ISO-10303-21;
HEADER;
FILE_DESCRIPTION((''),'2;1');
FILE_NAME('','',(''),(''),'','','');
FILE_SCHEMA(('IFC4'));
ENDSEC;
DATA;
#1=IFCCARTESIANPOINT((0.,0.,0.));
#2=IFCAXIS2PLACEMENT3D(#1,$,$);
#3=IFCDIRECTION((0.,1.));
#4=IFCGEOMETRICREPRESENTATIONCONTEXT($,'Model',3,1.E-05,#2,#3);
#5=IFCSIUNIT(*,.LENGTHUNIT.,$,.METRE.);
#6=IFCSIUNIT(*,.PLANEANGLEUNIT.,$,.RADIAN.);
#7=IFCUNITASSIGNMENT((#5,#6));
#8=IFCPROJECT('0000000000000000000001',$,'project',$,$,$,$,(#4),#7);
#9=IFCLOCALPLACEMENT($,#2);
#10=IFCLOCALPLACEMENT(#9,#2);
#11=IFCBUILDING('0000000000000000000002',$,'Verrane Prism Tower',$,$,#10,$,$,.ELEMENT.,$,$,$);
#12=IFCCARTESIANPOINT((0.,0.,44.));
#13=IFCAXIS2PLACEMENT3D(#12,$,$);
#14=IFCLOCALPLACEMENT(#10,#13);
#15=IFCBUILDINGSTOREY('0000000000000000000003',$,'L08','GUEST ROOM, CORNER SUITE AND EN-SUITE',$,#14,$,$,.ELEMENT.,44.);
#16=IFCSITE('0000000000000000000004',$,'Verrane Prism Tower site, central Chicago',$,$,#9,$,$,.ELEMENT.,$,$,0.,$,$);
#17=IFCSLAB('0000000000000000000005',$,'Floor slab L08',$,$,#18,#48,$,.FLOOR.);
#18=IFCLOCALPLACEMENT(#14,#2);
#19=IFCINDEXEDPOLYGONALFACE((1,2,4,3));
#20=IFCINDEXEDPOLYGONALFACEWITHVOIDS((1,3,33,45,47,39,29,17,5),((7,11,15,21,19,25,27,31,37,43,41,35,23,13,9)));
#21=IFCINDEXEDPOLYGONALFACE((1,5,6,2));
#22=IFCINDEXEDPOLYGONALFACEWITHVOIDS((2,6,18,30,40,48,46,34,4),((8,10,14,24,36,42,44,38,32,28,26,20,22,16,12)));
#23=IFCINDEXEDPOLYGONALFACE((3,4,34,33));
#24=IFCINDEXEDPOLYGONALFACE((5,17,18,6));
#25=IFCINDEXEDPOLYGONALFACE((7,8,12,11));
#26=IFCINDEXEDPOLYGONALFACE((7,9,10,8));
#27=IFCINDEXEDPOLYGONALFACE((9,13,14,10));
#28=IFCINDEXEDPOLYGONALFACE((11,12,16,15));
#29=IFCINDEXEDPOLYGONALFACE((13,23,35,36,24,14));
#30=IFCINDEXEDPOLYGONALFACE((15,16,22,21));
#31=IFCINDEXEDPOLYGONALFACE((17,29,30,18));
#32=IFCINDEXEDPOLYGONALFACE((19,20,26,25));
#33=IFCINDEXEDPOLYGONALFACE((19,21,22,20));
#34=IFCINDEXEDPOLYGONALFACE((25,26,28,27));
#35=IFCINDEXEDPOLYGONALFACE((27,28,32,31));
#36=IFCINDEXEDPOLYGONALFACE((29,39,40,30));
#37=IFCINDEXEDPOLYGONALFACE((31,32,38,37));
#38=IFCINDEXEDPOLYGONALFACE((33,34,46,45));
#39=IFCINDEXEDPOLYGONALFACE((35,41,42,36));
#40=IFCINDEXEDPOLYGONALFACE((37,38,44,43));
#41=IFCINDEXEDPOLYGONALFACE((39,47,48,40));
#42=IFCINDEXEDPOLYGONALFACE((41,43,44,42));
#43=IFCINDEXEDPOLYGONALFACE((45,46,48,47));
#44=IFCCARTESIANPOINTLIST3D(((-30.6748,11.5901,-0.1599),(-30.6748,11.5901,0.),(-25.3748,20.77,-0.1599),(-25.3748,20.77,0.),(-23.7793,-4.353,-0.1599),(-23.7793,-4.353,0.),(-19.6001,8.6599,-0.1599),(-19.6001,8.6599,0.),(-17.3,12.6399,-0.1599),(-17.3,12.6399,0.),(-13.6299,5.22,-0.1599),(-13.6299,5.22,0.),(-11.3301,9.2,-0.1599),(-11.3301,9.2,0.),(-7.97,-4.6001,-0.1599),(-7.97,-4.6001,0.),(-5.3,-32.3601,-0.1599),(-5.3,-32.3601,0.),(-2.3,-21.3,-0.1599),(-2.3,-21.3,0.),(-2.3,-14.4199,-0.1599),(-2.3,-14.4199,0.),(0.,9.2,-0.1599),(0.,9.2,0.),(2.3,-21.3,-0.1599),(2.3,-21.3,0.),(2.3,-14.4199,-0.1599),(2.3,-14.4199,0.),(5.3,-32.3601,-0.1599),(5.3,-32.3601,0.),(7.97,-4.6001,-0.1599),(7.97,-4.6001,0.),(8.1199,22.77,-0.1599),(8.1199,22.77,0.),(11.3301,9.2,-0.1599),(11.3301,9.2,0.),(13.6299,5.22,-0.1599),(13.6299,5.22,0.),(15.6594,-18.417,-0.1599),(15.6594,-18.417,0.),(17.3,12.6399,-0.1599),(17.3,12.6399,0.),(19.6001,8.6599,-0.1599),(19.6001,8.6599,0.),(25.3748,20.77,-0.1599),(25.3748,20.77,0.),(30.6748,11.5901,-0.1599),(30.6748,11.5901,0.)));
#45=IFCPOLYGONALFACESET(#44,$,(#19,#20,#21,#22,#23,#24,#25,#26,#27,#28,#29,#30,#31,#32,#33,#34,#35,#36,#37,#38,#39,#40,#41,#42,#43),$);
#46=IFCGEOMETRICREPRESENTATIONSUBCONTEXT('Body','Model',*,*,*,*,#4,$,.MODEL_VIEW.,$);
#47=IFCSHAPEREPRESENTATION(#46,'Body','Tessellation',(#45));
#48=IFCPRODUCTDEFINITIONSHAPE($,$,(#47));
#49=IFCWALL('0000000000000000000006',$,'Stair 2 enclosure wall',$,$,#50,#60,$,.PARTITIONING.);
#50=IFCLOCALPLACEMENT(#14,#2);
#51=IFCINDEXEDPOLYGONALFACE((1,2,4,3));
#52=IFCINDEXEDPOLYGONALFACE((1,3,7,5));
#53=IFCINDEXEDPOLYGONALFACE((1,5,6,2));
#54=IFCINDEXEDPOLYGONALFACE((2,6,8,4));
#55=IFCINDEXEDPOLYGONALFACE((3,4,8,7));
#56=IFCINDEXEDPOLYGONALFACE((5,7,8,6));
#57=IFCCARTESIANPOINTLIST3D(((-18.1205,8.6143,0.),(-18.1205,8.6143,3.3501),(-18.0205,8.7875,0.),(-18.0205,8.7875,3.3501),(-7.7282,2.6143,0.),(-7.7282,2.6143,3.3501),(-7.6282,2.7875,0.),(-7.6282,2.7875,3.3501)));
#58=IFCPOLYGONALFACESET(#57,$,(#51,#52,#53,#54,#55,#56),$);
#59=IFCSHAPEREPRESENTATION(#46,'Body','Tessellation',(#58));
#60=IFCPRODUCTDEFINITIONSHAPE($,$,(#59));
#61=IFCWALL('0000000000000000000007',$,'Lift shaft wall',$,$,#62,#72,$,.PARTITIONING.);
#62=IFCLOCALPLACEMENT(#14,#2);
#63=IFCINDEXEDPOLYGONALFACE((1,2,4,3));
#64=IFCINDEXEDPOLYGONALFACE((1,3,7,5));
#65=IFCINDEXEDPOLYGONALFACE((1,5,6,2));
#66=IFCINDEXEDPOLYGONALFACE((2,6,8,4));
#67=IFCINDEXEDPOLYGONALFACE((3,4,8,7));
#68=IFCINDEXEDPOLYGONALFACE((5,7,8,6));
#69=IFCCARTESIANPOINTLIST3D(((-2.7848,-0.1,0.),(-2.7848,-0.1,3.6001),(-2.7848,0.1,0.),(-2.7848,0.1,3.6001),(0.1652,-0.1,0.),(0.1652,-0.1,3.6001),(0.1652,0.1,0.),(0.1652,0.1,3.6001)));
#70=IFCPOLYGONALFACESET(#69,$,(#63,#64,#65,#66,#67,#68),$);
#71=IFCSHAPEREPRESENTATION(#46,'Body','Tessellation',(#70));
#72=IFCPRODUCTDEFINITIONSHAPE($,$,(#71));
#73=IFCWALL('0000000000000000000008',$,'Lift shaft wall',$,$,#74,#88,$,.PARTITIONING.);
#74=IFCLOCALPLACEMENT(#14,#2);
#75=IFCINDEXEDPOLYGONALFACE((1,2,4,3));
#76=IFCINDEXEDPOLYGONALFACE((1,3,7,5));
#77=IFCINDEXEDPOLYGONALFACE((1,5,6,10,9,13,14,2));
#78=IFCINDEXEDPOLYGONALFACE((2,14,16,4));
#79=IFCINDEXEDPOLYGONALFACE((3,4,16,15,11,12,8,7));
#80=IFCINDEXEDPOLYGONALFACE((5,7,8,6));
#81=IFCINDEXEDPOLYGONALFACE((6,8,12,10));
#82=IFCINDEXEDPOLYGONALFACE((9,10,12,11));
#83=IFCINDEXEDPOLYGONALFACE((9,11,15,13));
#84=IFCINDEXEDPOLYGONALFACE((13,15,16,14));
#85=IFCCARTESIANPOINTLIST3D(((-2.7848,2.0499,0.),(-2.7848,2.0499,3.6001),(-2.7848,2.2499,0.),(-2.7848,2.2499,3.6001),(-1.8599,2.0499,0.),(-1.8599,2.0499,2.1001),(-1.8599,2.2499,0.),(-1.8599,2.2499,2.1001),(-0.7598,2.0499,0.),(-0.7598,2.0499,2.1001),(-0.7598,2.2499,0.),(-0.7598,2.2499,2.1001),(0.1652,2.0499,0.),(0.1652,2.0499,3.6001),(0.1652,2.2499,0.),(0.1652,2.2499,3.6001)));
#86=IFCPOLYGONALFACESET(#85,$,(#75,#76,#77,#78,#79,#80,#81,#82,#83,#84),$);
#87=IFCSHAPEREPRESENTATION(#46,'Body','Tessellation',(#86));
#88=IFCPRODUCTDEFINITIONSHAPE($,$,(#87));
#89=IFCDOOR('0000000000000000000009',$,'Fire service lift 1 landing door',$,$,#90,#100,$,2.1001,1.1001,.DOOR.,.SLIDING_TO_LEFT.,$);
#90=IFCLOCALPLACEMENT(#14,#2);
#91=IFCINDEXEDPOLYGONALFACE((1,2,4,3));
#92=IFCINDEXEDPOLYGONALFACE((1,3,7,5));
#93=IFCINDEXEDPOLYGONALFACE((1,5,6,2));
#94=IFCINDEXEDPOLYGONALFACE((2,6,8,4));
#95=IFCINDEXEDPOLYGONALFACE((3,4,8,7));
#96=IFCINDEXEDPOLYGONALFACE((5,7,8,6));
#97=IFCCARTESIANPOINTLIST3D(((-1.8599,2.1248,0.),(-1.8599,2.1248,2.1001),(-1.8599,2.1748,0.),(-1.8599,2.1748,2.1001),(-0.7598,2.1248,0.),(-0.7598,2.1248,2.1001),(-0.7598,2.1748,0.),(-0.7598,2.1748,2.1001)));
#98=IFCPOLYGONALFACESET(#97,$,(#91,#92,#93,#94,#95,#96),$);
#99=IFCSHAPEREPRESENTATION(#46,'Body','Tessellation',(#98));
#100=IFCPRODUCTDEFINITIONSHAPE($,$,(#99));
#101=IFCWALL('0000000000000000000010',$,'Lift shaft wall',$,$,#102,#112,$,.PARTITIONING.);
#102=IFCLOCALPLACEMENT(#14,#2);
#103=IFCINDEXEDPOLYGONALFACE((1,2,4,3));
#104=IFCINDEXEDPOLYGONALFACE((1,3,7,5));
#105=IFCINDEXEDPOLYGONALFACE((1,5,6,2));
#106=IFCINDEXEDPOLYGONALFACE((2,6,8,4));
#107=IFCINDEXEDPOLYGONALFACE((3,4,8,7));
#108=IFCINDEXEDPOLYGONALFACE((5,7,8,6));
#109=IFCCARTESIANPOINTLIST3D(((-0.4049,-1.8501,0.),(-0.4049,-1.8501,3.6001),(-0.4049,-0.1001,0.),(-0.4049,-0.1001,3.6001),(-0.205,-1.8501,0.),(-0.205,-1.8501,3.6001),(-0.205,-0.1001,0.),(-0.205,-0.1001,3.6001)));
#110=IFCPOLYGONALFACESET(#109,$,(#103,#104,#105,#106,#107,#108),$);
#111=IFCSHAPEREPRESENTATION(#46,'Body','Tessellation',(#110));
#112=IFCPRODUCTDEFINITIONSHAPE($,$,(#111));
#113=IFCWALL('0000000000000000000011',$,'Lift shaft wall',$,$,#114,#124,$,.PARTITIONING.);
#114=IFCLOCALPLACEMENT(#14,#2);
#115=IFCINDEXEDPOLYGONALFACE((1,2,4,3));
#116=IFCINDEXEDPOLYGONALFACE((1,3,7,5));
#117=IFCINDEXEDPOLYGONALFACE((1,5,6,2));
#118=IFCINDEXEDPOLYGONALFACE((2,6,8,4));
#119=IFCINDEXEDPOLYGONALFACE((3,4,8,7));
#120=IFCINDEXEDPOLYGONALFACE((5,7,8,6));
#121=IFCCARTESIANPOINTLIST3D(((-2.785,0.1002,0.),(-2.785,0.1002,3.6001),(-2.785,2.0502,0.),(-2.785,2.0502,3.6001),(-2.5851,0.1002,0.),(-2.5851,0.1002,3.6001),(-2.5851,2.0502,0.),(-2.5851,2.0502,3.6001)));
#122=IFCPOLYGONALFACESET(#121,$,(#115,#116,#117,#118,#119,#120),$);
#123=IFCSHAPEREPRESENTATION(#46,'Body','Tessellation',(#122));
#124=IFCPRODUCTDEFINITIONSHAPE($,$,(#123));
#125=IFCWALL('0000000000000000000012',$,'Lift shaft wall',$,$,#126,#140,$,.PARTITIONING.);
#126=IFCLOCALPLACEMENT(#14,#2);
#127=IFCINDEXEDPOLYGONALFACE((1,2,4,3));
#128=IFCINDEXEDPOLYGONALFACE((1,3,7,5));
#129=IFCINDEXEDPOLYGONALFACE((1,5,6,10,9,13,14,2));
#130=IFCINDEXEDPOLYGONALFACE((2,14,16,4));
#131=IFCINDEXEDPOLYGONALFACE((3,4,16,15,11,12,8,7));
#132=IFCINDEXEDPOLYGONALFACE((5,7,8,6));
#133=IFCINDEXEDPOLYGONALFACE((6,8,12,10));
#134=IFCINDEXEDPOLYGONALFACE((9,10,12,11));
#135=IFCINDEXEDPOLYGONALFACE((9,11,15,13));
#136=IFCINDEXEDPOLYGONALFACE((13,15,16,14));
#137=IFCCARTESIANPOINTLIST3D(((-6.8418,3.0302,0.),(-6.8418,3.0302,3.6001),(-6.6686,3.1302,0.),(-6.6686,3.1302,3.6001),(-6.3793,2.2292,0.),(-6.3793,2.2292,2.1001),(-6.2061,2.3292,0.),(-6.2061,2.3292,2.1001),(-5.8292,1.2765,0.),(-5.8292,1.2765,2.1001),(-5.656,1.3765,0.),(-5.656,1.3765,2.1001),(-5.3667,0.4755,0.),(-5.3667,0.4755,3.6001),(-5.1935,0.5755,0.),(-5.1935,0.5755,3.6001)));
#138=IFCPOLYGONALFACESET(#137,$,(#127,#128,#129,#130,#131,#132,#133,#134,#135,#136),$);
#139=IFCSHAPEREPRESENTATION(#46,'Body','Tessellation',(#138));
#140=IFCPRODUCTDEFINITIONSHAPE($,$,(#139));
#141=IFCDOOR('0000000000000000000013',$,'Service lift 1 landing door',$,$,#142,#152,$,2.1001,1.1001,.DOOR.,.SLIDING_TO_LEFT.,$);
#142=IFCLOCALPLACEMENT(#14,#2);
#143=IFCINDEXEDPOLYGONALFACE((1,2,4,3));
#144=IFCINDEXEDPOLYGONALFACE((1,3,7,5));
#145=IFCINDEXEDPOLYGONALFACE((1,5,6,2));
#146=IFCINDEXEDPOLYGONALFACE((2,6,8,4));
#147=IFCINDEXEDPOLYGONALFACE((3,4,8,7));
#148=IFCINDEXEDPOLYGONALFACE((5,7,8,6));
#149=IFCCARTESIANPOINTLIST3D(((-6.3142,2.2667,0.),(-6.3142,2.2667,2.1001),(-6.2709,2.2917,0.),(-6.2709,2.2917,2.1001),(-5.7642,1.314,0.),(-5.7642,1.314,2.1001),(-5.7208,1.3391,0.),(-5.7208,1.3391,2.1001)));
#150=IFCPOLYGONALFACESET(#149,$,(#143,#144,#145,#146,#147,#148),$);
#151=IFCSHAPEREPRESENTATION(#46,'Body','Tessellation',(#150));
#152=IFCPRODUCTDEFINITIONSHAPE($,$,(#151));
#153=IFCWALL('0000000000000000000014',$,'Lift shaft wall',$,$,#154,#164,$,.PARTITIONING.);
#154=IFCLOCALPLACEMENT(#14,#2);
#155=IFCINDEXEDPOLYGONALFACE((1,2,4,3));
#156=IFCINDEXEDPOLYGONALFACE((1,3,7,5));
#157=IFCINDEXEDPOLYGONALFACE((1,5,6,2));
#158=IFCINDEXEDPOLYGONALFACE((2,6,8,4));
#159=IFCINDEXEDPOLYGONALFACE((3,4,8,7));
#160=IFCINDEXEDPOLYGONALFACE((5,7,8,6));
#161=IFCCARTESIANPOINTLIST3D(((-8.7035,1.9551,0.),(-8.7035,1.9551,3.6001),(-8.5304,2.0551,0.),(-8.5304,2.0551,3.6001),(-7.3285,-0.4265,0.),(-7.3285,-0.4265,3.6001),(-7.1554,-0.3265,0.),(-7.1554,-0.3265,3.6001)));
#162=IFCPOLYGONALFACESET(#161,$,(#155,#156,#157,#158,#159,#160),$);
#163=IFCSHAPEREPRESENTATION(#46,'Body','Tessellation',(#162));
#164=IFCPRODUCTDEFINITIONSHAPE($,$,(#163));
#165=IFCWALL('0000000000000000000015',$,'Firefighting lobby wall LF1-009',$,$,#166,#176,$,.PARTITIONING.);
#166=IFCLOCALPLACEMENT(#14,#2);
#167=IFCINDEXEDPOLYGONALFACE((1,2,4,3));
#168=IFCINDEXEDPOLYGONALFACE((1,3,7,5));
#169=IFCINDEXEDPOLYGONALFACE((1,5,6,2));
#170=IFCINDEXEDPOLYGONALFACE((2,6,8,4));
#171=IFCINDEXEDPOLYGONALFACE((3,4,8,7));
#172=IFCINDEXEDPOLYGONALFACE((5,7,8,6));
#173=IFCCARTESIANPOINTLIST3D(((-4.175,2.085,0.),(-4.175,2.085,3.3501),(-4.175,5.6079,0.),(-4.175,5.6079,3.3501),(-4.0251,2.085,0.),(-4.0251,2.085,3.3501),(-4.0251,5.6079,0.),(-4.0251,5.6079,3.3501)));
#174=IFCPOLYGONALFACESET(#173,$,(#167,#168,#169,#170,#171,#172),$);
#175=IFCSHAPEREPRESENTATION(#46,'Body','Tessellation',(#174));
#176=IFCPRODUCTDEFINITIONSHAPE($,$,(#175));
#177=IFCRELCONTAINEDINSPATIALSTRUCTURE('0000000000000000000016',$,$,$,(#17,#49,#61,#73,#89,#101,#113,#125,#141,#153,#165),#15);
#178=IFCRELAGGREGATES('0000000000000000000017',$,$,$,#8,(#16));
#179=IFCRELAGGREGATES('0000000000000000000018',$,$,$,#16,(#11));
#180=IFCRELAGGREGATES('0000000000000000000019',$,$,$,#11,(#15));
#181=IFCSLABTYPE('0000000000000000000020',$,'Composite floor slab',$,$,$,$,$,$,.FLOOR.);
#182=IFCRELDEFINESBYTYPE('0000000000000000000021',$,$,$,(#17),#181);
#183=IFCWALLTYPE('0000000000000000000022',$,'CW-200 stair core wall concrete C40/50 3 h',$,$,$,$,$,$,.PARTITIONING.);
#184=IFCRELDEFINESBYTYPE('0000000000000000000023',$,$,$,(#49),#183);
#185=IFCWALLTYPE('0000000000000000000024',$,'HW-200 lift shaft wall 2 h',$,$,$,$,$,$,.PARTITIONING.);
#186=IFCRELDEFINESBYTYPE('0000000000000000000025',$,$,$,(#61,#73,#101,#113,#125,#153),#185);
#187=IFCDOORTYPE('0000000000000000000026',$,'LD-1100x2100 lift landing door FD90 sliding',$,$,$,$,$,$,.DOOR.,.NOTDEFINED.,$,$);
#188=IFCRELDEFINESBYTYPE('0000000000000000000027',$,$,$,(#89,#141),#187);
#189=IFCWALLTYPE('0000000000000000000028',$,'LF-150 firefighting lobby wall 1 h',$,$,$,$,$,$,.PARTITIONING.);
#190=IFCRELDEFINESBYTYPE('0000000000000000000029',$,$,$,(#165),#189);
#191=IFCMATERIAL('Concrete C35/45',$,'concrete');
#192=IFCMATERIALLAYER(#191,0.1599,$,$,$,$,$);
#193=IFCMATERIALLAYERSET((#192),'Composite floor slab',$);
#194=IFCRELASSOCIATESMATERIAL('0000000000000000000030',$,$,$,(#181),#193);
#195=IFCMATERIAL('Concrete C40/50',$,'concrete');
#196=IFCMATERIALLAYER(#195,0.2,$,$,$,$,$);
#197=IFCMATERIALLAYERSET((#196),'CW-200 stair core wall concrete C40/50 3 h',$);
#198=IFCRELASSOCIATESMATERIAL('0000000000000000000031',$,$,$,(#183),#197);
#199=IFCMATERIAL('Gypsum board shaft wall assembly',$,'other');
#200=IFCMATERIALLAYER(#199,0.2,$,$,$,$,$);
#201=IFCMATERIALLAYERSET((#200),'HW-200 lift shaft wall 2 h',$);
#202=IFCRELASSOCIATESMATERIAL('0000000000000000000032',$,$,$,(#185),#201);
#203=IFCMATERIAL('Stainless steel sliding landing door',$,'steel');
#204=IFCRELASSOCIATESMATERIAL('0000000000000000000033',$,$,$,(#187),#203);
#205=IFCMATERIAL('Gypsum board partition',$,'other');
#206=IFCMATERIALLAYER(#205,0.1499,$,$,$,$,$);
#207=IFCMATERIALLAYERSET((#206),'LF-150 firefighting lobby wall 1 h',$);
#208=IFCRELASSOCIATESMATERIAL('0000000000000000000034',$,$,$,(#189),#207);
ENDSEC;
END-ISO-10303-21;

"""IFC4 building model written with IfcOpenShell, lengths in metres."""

from ifc_helpers import new_model, si_unit, direction, frame, frame_2d, origin, place, context, subcontext, project, spatial, polyline, rectangle, outline, extrude, material, layer, layer_set, type_object, element, fill, save


model = new_model("IFC4")

# Units and contexts
model_context = context("Model", 3, precision=1e-05, world=origin(), true_north=direction((0.0, 1.0)))
body_context = subcontext(model_context, "Body", "Model", "MODEL_VIEW")
ifc_project = project(units=[si_unit("LENGTHUNIT", "METRE"), si_unit("PLANEANGLEUNIT", "RADIAN")], contexts=[model_context])

# Site, building, storey
site_placement = place(None, origin())
site = spatial("IfcSite", under=ifc_project, at=site_placement, Name="Verrane Prism Tower site, central Chicago", CompositionType="ELEMENT", RefElevation=0.0)
building_placement = place(site_placement, origin())
building = spatial("IfcBuilding", under=site, at=building_placement, Name="Verrane Prism Tower", CompositionType="ELEMENT")
storey_placement = place(building_placement, frame((0.0, 0.0, 44.0)))
storey = spatial("IfcBuildingStorey", under=building, at=storey_placement, Name="L08", Description="GUEST ROOM, CORNER SUITE AND EN-SUITE", CompositionType="ELEMENT", Elevation=44.0)

# Slab
ifc_material_1 = material(Name="Concrete C35/45", Category="concrete")
ifc_layer_1 = layer(ifc_material_1, 0.1599)
ifc_layer_set_1 = layer_set([ifc_layer_1], Name="Composite floor slab")
slab_type = type_object("IfcSlabType", Name="Composite floor slab", PredefinedType="FLOOR", material=ifc_layer_set_1)
slab_placement = place(storey_placement, frame((0.0, 0.0, -0.1599)))
element("IfcSlab", 1, at=slab_placement, inside=storey, type_object=slab_type, Name="Floor slab L08", PredefinedType="FLOOR", context=body_context, shape_type="SweptSolid", body=[
    extrude(outline(polyline([(15.6594, -18.417), (5.3, -32.3601), (-5.3, -32.3601), (-23.7793, -4.353), (-30.6748, 11.5901), (-25.3748, 20.77), (8.1199, 22.77), (25.3748, 20.77), (30.6748, 11.5901), (15.6594, -18.417)]), holes=[polyline([(19.6001, 8.6599), (17.3, 12.6399), (11.3301, 9.2), (0.0, 9.2), (-11.3301, 9.2), (-17.3, 12.6399), (-19.6001, 8.6599), (-13.6299, 5.22), (-7.97, -4.6001), (-2.3, -14.4199), (-2.3, -21.3), (2.3, -21.3), (2.3, -14.4199), (7.97, -4.6001), (13.6299, 5.22), (19.6001, 8.6599)])]), origin(), (0.0, 0.0, 1.0), 0.1599),
])

# Walls
ifc_material_2 = material(Name="Concrete C40/50", Category="concrete")
ifc_layer_2 = layer(ifc_material_2, 0.2)
ifc_layer_set_2 = layer_set([ifc_layer_2], Name="CW-200 stair core wall concrete C40/50 3 h")
wall_type_1 = type_object("IfcWallType", Name="CW-200 stair core wall concrete C40/50 3 h", PredefinedType="PARTITIONING", material=ifc_layer_set_2)
wall_1_placement = place(storey_placement, frame((-7.6782, 2.7009, 0.0), z_axis=(0.0, 0.0, 1.0), x_axis=(-0.866026, 0.499999, 0.0)))
element("IfcWall", 2, at=wall_1_placement, inside=storey, type_object=wall_type_1, Name="Stair 2 enclosure wall", PredefinedType="PARTITIONING", context=body_context, shape_type="SweptSolid", body=[
    extrude(rectangle(XDim=12.0, YDim=0.2, at=frame_2d((6.0, 0.0))), origin(), (0.0, 0.0, 1.0), 3.3501),
])
ifc_material_3 = material(Name="Gypsum board shaft wall assembly", Category="other")
ifc_layer_3 = layer(ifc_material_3, 0.2)
ifc_layer_set_3 = layer_set([ifc_layer_3], Name="HW-200 lift shaft wall 2 h")
wall_type_2 = type_object("IfcWallType", Name="HW-200 lift shaft wall 2 h", PredefinedType="PARTITIONING", material=ifc_layer_set_3)
wall_2_placement = place(storey_placement, frame((-2.7849, 0.0, 0.0), z_axis=(0.0, 0.0, 1.0), x_axis=(1.0, 0.0, 0.0)))
element("IfcWall", 3, at=wall_2_placement, inside=storey, type_object=wall_type_2, Name="Lift shaft wall", PredefinedType="PARTITIONING", context=body_context, shape_type="SweptSolid", body=[
    extrude(rectangle(XDim=2.95, YDim=0.2, at=frame_2d((1.4751, 0.0))), origin(), (0.0, 0.0, 1.0), 3.6001),
])

# Wall, opening, door
wall_3_placement = place(storey_placement, frame((-2.7849, 2.1499, 0.0), z_axis=(0.0, 0.0, 1.0), x_axis=(1.0, 0.0, 0.0)))
wall_3 = element("IfcWall", 4, at=wall_3_placement, inside=storey, type_object=wall_type_2, Name="Lift shaft wall", PredefinedType="PARTITIONING", context=body_context, shape_type="SweptSolid", body=[
    extrude(rectangle(XDim=2.95, YDim=0.2, at=frame_2d((1.4751, 0.0))), origin(), (0.0, 0.0, 1.0), 3.6001),
])
opening_1_placement = place(wall_3_placement, frame((0.925, 0.0, 0.0)))
opening_1 = element("IfcOpeningElement", 5, at=opening_1_placement, cuts=wall_3, PredefinedType="OPENING", context=body_context, shape_type="SweptSolid", body=[
    extrude(rectangle(XDim=1.1001, YDim=2.1001, at=frame_2d((0.55, 1.05))), frame((0.0, 0.1099, 0.0), z_axis=(0.0, -1.0, 0.0), x_axis=(1.0, 0.0, 0.0)), (0.0, 0.0, 1.0), 0.22),
])
ifc_material_4 = material(Name="Stainless steel sliding landing door", Category="steel")
door_type = type_object("IfcDoorType", Name="LD-1100x2100 lift landing door FD90 sliding", OperationType="NOTDEFINED", PredefinedType="DOOR", material=ifc_material_4)
door_1_placement = place(opening_1_placement, origin())
door_1 = element("IfcDoor", 6, at=door_1_placement, inside=storey, type_object=door_type, Name="Fire service lift 1 landing door", OperationType="SLIDING_TO_LEFT", OverallHeight=2.1001, OverallWidth=1.1001, PredefinedType="DOOR", context=body_context, shape_type="SweptSolid", body=[
    extrude(rectangle(XDim=1.1001, YDim=2.1001, at=frame_2d((0.55, 1.05))), frame((0.0, 0.0249, 0.0), z_axis=(0.0, -1.0, 0.0), x_axis=(1.0, 0.0, 0.0)), (0.0, 0.0, 1.0), 0.05),
])
fill(opening_1, door_1)

# Walls
wall_4_placement = place(storey_placement, frame((-0.3049, -1.8501, 0.0), z_axis=(0.0, 0.0, 1.0), x_axis=(0.0, 1.0, 0.0)))
element("IfcWall", 7, at=wall_4_placement, inside=storey, type_object=wall_type_2, Name="Lift shaft wall", PredefinedType="PARTITIONING", context=body_context, shape_type="SweptSolid", body=[
    extrude(rectangle(XDim=1.75, YDim=0.2, at=frame_2d((0.875, 0.0))), origin(), (0.0, 0.0, 1.0), 3.6001),
])
wall_5_placement = place(storey_placement, frame((-2.6851, 0.1001, 0.0), z_axis=(0.0, 0.0, 1.0), x_axis=(0.0, 1.0, 0.0)))
element("IfcWall", 8, at=wall_5_placement, inside=storey, type_object=wall_type_2, Name="Lift shaft wall", PredefinedType="PARTITIONING", context=body_context, shape_type="SweptSolid", body=[
    extrude(rectangle(XDim=1.95, YDim=0.2, at=frame_2d((0.9751, 0.0))), origin(), (0.0, 0.0, 1.0), 3.6001),
])

# Wall, opening, door
wall_6_placement = place(storey_placement, frame((-5.28, 0.5254, 0.0), z_axis=(0.0, 0.0, 1.0), x_axis=(-0.500038, 0.866004, 0.0)))
wall_6 = element("IfcWall", 9, at=wall_6_placement, inside=storey, type_object=wall_type_2, Name="Lift shaft wall", PredefinedType="PARTITIONING", context=body_context, shape_type="SweptSolid", body=[
    extrude(rectangle(XDim=2.95, YDim=0.2, at=frame_2d((1.4751, 0.0))), origin(), (0.0, 0.0, 1.0), 3.6001),
])
opening_2_placement = place(wall_6_placement, frame((0.925, 0.0, 0.0)))
opening_2 = element("IfcOpeningElement", 10, at=opening_2_placement, cuts=wall_6, PredefinedType="OPENING", context=body_context, shape_type="SweptSolid", body=[
    extrude(rectangle(XDim=1.1001, YDim=2.1001, at=frame_2d((0.55, 1.05))), frame((0.0, 0.1099, 0.0), z_axis=(0.0, -1.0, 0.0), x_axis=(1.0, 0.0, 0.0)), (0.0, 0.0, 1.0), 0.22),
])
door_2_placement = place(opening_2_placement, origin())
door_2 = element("IfcDoor", 11, at=door_2_placement, inside=storey, type_object=door_type, Name="Service lift 1 landing door", OperationType="SLIDING_TO_LEFT", OverallHeight=2.1001, OverallWidth=1.1001, PredefinedType="DOOR", context=body_context, shape_type="SweptSolid", body=[
    extrude(rectangle(XDim=1.1001, YDim=2.1001, at=frame_2d((0.55, 1.05))), frame((0.0, 0.0249, 0.0), z_axis=(0.0, -1.0, 0.0), x_axis=(1.0, 0.0, 0.0)), (0.0, 0.0, 1.0), 0.05),
])
fill(opening_2, door_2)

# Walls
wall_7_placement = place(storey_placement, frame((-7.2419, -0.3765, 0.0), z_axis=(0.0, 0.0, 1.0), x_axis=(-0.499997, 0.866027, 0.0)))
element("IfcWall", 12, at=wall_7_placement, inside=storey, type_object=wall_type_2, Name="Lift shaft wall", PredefinedType="PARTITIONING", context=body_context, shape_type="SweptSolid", body=[
    extrude(rectangle(XDim=2.75, YDim=0.2, at=frame_2d((1.375, 0.0))), origin(), (0.0, 0.0, 1.0), 3.6001),
])
ifc_material_5 = material(Name="Gypsum board partition", Category="other")
ifc_layer_4 = layer(ifc_material_5, 0.1499)
ifc_layer_set_4 = layer_set([ifc_layer_4], Name="LF-150 firefighting lobby wall 1 h")
wall_type_3 = type_object("IfcWallType", Name="LF-150 firefighting lobby wall 1 h", PredefinedType="PARTITIONING", material=ifc_layer_set_4)
wall_8_placement = place(storey_placement, frame((-4.1001, 2.085, 0.0), z_axis=(0.0, 0.0, 1.0), x_axis=(0.0, 1.0, 0.0)))
element("IfcWall", 13, at=wall_8_placement, inside=storey, type_object=wall_type_3, Name="Firefighting lobby wall LF1-009", PredefinedType="PARTITIONING", context=body_context, shape_type="SweptSolid", body=[
    extrude(rectangle(XDim=3.5229, YDim=0.1499, at=frame_2d((1.7615, 0.0))), origin(), (0.0, 0.0, 1.0), 3.3501),
])

save(model, "model.ifc")
